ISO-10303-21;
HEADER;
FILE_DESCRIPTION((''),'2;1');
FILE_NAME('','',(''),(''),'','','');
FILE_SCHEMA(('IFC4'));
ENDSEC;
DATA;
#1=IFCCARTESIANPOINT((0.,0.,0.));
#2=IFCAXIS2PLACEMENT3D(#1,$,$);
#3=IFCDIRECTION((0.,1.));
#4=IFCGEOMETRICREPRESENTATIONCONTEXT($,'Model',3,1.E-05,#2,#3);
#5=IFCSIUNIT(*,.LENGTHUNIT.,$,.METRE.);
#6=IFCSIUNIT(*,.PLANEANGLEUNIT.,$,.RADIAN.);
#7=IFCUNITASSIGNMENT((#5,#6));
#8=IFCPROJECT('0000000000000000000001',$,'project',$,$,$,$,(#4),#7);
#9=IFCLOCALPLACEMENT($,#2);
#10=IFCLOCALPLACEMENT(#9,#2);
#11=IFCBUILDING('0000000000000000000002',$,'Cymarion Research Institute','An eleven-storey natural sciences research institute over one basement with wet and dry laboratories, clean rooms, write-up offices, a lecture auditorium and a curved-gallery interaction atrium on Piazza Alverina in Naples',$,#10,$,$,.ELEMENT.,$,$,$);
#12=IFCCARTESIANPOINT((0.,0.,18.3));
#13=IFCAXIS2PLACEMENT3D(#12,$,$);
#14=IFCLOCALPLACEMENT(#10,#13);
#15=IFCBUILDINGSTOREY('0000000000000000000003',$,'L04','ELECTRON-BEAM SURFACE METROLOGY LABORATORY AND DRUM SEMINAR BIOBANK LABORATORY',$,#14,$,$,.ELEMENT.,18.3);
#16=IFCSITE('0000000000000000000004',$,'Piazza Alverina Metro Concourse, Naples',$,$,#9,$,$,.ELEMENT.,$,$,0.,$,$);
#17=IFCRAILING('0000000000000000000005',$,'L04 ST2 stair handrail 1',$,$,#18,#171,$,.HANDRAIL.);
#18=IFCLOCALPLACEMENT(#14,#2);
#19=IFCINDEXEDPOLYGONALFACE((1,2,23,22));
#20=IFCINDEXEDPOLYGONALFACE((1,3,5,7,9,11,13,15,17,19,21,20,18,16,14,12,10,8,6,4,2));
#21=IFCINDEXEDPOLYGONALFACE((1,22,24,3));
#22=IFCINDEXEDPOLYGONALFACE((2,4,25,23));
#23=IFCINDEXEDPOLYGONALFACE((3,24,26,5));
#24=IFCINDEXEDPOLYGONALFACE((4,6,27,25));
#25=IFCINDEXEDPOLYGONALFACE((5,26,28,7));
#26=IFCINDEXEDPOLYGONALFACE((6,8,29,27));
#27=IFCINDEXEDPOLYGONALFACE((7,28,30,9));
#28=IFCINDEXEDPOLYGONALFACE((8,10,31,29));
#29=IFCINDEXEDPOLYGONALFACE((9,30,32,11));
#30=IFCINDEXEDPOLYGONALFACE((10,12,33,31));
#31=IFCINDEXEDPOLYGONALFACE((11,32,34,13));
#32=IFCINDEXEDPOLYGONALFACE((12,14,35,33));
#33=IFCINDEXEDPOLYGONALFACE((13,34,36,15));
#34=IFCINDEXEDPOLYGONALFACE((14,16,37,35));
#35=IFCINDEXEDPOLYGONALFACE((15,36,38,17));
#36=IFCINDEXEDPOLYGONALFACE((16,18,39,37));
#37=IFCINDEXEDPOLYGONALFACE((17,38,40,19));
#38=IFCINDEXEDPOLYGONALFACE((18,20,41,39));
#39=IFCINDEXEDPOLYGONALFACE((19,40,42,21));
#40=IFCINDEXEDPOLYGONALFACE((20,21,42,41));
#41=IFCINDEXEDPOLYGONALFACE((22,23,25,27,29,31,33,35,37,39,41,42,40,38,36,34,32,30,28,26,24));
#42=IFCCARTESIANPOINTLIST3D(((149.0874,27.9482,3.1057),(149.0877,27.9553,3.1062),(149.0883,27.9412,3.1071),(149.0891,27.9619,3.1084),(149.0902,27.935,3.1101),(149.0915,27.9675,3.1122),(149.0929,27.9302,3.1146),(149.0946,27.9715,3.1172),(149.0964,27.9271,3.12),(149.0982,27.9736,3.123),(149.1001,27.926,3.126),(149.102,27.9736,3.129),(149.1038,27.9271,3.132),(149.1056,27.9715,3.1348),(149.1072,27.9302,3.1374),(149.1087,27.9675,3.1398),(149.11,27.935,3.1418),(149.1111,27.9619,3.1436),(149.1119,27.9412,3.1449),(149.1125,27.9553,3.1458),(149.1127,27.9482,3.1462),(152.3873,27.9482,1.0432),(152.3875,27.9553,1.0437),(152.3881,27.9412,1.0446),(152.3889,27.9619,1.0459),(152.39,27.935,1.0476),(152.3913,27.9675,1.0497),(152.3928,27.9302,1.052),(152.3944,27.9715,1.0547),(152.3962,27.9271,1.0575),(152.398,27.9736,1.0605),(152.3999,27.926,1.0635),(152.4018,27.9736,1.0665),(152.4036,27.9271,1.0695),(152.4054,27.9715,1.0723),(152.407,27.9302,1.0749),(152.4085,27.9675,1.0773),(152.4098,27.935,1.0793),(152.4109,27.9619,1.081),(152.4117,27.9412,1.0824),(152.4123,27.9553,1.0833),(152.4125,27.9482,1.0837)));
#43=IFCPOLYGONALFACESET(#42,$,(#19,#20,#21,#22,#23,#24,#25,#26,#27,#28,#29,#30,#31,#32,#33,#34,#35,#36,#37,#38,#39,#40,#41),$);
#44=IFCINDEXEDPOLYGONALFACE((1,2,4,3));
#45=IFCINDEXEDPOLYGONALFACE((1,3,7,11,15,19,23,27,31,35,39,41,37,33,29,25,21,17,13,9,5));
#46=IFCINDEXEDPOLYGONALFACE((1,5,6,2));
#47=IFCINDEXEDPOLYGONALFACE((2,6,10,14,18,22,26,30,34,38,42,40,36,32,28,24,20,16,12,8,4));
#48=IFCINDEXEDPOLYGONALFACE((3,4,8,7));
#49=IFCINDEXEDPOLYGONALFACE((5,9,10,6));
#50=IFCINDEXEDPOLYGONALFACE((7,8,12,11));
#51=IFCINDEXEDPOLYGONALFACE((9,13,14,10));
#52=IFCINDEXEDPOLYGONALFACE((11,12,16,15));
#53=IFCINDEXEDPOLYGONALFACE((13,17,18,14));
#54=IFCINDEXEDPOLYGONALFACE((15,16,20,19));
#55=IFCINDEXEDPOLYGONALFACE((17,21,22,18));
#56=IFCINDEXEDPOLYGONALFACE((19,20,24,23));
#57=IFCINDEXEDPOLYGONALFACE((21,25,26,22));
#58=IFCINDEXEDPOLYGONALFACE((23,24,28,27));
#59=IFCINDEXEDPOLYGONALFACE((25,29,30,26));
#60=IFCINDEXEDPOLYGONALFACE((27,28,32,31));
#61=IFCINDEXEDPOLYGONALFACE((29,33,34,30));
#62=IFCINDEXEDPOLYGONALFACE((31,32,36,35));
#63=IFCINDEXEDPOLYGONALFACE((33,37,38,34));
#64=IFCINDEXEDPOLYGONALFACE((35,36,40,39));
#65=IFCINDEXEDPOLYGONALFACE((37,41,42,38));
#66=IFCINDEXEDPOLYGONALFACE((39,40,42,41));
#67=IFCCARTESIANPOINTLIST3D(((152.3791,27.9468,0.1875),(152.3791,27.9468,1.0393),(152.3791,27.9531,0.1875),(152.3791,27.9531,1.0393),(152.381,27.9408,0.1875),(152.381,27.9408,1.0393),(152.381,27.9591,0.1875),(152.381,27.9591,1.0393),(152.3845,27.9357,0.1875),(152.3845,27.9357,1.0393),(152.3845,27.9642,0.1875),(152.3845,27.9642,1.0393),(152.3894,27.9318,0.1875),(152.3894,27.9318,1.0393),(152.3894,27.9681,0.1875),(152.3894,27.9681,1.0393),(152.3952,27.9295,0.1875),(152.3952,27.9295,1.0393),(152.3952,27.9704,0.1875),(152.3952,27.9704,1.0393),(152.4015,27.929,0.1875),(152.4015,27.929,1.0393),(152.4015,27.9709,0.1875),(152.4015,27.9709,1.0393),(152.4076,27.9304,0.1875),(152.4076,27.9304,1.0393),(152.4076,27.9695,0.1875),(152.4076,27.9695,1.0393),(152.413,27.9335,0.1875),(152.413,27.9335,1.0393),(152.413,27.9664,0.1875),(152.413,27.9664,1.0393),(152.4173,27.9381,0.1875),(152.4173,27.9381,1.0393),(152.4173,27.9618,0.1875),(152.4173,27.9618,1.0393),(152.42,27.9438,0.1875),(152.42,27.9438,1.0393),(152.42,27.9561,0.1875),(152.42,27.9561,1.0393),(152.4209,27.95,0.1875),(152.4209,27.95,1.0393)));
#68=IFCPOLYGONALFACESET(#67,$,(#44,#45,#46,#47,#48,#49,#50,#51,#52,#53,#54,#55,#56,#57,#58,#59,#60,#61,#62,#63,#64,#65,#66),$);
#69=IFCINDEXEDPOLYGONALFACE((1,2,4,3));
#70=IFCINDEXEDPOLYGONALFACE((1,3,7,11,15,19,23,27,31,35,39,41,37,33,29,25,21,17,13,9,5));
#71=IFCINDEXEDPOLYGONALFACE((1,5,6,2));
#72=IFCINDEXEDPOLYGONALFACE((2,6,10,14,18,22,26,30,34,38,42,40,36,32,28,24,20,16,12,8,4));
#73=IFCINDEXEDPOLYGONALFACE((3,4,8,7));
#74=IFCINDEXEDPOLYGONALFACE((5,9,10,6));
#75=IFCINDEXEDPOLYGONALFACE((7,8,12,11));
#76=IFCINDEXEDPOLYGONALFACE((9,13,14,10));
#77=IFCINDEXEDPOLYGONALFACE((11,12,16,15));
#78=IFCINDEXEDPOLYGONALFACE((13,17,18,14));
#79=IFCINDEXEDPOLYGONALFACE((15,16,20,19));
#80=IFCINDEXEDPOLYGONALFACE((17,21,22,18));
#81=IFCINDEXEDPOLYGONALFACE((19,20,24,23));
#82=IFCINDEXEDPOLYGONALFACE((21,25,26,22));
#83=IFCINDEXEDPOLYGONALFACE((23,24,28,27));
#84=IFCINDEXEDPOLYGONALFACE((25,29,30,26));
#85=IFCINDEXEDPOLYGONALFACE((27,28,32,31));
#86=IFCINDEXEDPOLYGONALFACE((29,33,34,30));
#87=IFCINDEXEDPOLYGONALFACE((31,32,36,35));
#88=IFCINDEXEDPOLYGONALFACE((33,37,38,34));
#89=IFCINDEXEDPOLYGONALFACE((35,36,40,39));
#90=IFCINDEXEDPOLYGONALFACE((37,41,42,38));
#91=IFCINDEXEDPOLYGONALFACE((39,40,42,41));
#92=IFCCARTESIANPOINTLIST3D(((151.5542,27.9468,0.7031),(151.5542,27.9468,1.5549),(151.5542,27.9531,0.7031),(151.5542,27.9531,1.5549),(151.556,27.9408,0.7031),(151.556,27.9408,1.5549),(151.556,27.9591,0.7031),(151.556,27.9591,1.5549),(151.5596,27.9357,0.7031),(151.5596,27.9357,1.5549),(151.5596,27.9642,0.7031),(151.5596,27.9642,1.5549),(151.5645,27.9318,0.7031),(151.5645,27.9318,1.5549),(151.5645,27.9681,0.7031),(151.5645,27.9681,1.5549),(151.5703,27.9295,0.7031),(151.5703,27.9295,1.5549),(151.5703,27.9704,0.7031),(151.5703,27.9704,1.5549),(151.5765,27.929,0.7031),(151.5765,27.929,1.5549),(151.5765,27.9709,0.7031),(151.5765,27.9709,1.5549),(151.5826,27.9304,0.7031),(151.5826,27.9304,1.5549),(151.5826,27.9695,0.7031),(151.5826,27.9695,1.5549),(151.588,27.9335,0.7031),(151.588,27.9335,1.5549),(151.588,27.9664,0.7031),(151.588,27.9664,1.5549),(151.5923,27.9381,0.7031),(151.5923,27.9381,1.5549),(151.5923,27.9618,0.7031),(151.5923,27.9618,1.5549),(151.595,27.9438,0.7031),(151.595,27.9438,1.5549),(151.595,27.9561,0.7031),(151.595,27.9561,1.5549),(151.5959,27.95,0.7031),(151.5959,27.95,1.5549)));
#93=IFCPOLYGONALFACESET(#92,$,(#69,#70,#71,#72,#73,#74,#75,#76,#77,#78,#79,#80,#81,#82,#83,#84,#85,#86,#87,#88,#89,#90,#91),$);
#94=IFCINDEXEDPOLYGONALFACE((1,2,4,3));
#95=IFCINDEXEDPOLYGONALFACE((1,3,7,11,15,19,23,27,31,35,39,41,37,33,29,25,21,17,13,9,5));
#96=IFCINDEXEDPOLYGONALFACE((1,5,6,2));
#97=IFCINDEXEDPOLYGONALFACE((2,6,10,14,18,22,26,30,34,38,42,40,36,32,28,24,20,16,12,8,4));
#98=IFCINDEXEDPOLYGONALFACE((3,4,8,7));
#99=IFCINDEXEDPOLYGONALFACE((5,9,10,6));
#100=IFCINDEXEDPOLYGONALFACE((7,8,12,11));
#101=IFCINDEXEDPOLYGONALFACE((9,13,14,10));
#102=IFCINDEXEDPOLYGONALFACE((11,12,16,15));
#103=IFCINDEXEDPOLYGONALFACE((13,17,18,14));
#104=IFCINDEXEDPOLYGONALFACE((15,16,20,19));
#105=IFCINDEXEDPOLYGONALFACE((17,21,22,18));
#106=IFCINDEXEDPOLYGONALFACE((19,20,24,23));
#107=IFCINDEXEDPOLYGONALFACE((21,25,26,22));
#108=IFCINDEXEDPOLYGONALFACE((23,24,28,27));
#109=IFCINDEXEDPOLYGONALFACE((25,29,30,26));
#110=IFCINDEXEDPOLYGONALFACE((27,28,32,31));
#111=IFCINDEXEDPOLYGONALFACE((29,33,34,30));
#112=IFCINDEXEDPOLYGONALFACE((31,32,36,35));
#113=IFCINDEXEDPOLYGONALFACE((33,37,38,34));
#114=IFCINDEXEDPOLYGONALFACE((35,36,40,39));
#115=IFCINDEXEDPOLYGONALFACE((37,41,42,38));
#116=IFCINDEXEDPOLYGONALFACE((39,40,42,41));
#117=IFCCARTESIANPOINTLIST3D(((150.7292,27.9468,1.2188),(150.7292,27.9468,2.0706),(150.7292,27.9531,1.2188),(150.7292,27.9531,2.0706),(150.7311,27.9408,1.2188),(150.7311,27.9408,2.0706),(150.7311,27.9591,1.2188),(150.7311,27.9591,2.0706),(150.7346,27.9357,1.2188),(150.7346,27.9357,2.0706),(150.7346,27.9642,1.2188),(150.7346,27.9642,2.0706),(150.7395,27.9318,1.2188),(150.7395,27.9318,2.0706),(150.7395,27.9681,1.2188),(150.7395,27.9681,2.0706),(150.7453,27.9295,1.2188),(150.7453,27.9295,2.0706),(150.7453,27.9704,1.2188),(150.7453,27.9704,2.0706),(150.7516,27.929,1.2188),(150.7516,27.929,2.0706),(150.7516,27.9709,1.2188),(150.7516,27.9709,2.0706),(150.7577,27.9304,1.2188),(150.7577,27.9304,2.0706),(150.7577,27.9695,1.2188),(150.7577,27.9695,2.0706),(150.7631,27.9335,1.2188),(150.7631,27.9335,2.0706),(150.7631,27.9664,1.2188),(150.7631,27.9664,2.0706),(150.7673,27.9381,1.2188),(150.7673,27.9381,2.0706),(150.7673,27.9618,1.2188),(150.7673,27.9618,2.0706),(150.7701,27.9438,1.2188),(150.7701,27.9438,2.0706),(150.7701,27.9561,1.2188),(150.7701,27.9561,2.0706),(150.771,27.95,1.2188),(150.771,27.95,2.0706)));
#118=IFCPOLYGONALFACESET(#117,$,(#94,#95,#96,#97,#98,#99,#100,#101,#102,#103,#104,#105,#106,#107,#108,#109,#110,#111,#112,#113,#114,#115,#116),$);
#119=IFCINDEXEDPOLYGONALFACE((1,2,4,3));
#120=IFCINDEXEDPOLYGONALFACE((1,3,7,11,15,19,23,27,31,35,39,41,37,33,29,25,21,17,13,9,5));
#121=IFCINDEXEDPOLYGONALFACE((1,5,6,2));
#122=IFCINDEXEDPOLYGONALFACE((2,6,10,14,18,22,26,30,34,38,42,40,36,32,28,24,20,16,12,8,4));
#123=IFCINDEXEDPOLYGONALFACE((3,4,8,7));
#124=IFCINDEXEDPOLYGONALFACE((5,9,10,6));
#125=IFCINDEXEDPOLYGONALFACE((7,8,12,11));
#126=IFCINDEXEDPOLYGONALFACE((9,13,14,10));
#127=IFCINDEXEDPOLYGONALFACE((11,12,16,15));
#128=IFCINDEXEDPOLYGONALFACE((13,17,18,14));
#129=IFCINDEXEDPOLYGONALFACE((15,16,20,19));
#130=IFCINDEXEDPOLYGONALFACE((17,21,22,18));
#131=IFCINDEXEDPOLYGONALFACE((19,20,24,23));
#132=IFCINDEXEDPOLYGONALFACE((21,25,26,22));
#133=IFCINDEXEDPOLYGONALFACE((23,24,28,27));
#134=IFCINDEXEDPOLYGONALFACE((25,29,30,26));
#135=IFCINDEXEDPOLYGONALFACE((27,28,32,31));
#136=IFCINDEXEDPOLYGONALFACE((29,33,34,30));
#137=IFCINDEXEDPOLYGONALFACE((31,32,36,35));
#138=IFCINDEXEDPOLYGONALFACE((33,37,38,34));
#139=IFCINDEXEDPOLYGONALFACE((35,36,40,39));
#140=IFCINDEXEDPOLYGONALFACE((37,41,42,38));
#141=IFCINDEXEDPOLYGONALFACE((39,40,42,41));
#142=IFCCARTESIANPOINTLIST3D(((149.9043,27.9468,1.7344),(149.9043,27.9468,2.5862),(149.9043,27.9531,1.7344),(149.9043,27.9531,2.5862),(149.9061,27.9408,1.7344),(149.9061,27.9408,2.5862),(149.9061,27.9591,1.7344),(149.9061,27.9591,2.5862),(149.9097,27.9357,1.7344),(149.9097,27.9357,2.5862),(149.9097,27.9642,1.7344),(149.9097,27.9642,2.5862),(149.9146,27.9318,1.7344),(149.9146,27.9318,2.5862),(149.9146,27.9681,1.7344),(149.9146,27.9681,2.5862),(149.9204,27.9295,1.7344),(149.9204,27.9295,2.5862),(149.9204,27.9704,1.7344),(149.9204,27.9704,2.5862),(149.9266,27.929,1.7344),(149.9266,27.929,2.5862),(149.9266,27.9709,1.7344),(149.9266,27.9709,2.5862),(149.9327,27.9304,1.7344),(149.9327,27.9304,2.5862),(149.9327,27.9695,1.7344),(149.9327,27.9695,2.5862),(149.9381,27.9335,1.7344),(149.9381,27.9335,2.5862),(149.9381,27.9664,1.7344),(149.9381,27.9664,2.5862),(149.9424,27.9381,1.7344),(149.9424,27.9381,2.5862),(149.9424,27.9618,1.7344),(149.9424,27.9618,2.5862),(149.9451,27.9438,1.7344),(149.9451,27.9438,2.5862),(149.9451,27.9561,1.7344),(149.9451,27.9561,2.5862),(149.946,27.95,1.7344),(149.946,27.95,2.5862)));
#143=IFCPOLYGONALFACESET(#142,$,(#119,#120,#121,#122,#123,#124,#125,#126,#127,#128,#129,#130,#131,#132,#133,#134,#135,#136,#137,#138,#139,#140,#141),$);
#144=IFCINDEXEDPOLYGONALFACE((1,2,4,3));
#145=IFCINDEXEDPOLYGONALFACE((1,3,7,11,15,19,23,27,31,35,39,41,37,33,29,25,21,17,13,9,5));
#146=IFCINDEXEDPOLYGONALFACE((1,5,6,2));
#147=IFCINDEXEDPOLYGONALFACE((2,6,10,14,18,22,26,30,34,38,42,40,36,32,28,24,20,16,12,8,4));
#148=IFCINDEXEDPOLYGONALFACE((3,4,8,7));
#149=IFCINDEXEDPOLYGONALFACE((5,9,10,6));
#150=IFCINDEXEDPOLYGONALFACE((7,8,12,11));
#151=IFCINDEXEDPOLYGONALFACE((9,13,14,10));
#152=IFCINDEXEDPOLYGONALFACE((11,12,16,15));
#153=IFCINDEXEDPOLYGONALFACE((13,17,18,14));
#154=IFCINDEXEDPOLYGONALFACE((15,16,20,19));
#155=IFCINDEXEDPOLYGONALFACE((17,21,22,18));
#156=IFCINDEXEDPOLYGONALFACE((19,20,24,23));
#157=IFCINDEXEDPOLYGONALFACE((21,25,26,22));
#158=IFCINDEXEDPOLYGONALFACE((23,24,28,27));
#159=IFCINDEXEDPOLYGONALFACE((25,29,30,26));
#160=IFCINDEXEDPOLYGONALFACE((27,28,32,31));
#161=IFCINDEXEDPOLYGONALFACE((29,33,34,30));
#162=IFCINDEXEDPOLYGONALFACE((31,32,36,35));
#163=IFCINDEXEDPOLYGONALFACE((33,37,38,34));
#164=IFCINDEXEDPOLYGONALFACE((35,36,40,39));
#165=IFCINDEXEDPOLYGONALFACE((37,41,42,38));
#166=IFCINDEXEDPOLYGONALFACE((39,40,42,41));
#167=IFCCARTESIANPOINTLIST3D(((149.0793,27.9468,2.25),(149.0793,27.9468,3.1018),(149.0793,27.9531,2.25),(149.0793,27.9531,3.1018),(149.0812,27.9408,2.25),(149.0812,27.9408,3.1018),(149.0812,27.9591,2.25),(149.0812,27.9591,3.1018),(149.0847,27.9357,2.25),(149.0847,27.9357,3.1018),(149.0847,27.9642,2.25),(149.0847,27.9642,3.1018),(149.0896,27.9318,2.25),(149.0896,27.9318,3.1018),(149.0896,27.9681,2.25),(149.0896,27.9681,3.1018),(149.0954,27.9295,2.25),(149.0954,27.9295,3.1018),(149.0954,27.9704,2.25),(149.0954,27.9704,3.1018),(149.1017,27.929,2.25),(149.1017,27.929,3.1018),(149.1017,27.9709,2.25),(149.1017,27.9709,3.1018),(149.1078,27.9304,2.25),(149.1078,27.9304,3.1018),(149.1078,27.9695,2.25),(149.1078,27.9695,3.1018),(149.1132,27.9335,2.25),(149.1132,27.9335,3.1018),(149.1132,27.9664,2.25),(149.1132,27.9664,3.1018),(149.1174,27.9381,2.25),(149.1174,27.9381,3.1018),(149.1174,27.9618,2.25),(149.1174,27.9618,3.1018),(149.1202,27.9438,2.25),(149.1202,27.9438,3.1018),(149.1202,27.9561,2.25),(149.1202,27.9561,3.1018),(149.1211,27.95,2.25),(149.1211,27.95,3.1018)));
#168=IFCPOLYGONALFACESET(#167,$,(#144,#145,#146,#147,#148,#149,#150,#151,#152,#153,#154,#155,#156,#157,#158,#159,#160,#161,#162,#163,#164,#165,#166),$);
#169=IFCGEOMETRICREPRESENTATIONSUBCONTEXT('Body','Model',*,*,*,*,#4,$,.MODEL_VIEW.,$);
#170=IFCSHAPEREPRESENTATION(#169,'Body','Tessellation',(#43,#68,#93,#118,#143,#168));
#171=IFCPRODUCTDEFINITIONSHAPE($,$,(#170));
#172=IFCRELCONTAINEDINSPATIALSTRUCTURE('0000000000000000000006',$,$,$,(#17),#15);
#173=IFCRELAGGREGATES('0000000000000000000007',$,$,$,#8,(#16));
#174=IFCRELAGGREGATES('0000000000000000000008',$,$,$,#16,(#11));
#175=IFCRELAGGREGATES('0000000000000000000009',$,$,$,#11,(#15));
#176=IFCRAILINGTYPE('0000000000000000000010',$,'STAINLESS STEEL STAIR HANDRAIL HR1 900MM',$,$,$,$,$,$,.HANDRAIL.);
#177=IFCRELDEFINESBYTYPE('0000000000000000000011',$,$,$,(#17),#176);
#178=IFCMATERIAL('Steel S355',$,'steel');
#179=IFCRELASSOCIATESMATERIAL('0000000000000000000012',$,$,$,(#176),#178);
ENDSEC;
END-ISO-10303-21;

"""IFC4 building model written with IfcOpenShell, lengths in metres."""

from ifc_helpers import new_model, si_unit, direction, frame, origin, origin_2d, place, context, subcontext, project, spatial, circle, extrude, material, type_object, element, save


model = new_model("IFC4")

# Units and contexts
model_context = context("Model", 3, precision=1e-05, world=origin(), true_north=direction((0.0, 1.0)))
body_context = subcontext(model_context, "Body", "Model", "MODEL_VIEW")
ifc_project = project(units=[si_unit("LENGTHUNIT", "METRE"), si_unit("PLANEANGLEUNIT", "RADIAN")], contexts=[model_context])

# Site, building, storey
site_placement = place(None, origin())
site = spatial("IfcSite", under=ifc_project, at=site_placement, Name="Piazza Alverina Metro Concourse, Naples", CompositionType="ELEMENT", RefElevation=0.0)
building_placement = place(site_placement, origin())
building = spatial("IfcBuilding", under=site, at=building_placement, Name="Cymarion Research Institute", Description="An eleven-storey natural sciences research institute over one basement with wet and dry laboratories, clean rooms, write-up offices, a lecture auditorium and a curved-gallery interaction atrium on Piazza Alverina in Naples", CompositionType="ELEMENT")
storey_placement = place(building_placement, frame((0.0, 0.0, 18.3)))
storey = spatial("IfcBuildingStorey", under=building, at=storey_placement, Name="L04", Description="ELECTRON-BEAM SURFACE METROLOGY LABORATORY AND DRUM SEMINAR BIOBANK LABORATORY", CompositionType="ELEMENT", Elevation=18.3)

# Shared definitions
ifc_material_1 = material(Name="Steel S355", Category="steel")

# Railing
railing_type_1 = type_object("IfcRailingType", Name="STAINLESS STEEL STAIR HANDRAIL HR1 900MM", PredefinedType="HANDRAIL", material=ifc_material_1)
railing_1_placement = place(storey_placement, frame((152.3999, 27.95, 0.1875)))
element("IfcRailing", 1, at=railing_1_placement, inside=storey, type_object=railing_type_1, Name="L04 ST2 stair handrail 1", PredefinedType="HANDRAIL", context=body_context, shape_type="SweptSolid", body=[
    extrude(circle(Radius=0.0239, at=origin_2d()), frame((0.0, 0.0, 0.876), z_axis=(-0.847984, 0.0, 0.530021), x_axis=(0.0, -1.0, 0.0)), (0.0, 0.0, 1.0), 3.8914),
    extrude(circle(Radius=0.021, at=origin_2d()), origin(), (0.0, 0.0, 1.0), 0.8518),
    extrude(circle(Radius=0.021, at=origin_2d()), frame((-0.825, 0.0, 0.5156)), (0.0, 0.0, 1.0), 0.8518),
    extrude(circle(Radius=0.021, at=origin_2d()), frame((-1.6499, 0.0, 1.0312)), (0.0, 0.0, 1.0), 0.8518),
    extrude(circle(Radius=0.021, at=origin_2d()), frame((-2.4749, 0.0, 1.5469)), (0.0, 0.0, 1.0), 0.8518),
    extrude(circle(Radius=0.021, at=origin_2d()), frame((-3.2998, 0.0, 2.0625)), (0.0, 0.0, 1.0), 0.8518),
])

save(model, "model.ifc")
